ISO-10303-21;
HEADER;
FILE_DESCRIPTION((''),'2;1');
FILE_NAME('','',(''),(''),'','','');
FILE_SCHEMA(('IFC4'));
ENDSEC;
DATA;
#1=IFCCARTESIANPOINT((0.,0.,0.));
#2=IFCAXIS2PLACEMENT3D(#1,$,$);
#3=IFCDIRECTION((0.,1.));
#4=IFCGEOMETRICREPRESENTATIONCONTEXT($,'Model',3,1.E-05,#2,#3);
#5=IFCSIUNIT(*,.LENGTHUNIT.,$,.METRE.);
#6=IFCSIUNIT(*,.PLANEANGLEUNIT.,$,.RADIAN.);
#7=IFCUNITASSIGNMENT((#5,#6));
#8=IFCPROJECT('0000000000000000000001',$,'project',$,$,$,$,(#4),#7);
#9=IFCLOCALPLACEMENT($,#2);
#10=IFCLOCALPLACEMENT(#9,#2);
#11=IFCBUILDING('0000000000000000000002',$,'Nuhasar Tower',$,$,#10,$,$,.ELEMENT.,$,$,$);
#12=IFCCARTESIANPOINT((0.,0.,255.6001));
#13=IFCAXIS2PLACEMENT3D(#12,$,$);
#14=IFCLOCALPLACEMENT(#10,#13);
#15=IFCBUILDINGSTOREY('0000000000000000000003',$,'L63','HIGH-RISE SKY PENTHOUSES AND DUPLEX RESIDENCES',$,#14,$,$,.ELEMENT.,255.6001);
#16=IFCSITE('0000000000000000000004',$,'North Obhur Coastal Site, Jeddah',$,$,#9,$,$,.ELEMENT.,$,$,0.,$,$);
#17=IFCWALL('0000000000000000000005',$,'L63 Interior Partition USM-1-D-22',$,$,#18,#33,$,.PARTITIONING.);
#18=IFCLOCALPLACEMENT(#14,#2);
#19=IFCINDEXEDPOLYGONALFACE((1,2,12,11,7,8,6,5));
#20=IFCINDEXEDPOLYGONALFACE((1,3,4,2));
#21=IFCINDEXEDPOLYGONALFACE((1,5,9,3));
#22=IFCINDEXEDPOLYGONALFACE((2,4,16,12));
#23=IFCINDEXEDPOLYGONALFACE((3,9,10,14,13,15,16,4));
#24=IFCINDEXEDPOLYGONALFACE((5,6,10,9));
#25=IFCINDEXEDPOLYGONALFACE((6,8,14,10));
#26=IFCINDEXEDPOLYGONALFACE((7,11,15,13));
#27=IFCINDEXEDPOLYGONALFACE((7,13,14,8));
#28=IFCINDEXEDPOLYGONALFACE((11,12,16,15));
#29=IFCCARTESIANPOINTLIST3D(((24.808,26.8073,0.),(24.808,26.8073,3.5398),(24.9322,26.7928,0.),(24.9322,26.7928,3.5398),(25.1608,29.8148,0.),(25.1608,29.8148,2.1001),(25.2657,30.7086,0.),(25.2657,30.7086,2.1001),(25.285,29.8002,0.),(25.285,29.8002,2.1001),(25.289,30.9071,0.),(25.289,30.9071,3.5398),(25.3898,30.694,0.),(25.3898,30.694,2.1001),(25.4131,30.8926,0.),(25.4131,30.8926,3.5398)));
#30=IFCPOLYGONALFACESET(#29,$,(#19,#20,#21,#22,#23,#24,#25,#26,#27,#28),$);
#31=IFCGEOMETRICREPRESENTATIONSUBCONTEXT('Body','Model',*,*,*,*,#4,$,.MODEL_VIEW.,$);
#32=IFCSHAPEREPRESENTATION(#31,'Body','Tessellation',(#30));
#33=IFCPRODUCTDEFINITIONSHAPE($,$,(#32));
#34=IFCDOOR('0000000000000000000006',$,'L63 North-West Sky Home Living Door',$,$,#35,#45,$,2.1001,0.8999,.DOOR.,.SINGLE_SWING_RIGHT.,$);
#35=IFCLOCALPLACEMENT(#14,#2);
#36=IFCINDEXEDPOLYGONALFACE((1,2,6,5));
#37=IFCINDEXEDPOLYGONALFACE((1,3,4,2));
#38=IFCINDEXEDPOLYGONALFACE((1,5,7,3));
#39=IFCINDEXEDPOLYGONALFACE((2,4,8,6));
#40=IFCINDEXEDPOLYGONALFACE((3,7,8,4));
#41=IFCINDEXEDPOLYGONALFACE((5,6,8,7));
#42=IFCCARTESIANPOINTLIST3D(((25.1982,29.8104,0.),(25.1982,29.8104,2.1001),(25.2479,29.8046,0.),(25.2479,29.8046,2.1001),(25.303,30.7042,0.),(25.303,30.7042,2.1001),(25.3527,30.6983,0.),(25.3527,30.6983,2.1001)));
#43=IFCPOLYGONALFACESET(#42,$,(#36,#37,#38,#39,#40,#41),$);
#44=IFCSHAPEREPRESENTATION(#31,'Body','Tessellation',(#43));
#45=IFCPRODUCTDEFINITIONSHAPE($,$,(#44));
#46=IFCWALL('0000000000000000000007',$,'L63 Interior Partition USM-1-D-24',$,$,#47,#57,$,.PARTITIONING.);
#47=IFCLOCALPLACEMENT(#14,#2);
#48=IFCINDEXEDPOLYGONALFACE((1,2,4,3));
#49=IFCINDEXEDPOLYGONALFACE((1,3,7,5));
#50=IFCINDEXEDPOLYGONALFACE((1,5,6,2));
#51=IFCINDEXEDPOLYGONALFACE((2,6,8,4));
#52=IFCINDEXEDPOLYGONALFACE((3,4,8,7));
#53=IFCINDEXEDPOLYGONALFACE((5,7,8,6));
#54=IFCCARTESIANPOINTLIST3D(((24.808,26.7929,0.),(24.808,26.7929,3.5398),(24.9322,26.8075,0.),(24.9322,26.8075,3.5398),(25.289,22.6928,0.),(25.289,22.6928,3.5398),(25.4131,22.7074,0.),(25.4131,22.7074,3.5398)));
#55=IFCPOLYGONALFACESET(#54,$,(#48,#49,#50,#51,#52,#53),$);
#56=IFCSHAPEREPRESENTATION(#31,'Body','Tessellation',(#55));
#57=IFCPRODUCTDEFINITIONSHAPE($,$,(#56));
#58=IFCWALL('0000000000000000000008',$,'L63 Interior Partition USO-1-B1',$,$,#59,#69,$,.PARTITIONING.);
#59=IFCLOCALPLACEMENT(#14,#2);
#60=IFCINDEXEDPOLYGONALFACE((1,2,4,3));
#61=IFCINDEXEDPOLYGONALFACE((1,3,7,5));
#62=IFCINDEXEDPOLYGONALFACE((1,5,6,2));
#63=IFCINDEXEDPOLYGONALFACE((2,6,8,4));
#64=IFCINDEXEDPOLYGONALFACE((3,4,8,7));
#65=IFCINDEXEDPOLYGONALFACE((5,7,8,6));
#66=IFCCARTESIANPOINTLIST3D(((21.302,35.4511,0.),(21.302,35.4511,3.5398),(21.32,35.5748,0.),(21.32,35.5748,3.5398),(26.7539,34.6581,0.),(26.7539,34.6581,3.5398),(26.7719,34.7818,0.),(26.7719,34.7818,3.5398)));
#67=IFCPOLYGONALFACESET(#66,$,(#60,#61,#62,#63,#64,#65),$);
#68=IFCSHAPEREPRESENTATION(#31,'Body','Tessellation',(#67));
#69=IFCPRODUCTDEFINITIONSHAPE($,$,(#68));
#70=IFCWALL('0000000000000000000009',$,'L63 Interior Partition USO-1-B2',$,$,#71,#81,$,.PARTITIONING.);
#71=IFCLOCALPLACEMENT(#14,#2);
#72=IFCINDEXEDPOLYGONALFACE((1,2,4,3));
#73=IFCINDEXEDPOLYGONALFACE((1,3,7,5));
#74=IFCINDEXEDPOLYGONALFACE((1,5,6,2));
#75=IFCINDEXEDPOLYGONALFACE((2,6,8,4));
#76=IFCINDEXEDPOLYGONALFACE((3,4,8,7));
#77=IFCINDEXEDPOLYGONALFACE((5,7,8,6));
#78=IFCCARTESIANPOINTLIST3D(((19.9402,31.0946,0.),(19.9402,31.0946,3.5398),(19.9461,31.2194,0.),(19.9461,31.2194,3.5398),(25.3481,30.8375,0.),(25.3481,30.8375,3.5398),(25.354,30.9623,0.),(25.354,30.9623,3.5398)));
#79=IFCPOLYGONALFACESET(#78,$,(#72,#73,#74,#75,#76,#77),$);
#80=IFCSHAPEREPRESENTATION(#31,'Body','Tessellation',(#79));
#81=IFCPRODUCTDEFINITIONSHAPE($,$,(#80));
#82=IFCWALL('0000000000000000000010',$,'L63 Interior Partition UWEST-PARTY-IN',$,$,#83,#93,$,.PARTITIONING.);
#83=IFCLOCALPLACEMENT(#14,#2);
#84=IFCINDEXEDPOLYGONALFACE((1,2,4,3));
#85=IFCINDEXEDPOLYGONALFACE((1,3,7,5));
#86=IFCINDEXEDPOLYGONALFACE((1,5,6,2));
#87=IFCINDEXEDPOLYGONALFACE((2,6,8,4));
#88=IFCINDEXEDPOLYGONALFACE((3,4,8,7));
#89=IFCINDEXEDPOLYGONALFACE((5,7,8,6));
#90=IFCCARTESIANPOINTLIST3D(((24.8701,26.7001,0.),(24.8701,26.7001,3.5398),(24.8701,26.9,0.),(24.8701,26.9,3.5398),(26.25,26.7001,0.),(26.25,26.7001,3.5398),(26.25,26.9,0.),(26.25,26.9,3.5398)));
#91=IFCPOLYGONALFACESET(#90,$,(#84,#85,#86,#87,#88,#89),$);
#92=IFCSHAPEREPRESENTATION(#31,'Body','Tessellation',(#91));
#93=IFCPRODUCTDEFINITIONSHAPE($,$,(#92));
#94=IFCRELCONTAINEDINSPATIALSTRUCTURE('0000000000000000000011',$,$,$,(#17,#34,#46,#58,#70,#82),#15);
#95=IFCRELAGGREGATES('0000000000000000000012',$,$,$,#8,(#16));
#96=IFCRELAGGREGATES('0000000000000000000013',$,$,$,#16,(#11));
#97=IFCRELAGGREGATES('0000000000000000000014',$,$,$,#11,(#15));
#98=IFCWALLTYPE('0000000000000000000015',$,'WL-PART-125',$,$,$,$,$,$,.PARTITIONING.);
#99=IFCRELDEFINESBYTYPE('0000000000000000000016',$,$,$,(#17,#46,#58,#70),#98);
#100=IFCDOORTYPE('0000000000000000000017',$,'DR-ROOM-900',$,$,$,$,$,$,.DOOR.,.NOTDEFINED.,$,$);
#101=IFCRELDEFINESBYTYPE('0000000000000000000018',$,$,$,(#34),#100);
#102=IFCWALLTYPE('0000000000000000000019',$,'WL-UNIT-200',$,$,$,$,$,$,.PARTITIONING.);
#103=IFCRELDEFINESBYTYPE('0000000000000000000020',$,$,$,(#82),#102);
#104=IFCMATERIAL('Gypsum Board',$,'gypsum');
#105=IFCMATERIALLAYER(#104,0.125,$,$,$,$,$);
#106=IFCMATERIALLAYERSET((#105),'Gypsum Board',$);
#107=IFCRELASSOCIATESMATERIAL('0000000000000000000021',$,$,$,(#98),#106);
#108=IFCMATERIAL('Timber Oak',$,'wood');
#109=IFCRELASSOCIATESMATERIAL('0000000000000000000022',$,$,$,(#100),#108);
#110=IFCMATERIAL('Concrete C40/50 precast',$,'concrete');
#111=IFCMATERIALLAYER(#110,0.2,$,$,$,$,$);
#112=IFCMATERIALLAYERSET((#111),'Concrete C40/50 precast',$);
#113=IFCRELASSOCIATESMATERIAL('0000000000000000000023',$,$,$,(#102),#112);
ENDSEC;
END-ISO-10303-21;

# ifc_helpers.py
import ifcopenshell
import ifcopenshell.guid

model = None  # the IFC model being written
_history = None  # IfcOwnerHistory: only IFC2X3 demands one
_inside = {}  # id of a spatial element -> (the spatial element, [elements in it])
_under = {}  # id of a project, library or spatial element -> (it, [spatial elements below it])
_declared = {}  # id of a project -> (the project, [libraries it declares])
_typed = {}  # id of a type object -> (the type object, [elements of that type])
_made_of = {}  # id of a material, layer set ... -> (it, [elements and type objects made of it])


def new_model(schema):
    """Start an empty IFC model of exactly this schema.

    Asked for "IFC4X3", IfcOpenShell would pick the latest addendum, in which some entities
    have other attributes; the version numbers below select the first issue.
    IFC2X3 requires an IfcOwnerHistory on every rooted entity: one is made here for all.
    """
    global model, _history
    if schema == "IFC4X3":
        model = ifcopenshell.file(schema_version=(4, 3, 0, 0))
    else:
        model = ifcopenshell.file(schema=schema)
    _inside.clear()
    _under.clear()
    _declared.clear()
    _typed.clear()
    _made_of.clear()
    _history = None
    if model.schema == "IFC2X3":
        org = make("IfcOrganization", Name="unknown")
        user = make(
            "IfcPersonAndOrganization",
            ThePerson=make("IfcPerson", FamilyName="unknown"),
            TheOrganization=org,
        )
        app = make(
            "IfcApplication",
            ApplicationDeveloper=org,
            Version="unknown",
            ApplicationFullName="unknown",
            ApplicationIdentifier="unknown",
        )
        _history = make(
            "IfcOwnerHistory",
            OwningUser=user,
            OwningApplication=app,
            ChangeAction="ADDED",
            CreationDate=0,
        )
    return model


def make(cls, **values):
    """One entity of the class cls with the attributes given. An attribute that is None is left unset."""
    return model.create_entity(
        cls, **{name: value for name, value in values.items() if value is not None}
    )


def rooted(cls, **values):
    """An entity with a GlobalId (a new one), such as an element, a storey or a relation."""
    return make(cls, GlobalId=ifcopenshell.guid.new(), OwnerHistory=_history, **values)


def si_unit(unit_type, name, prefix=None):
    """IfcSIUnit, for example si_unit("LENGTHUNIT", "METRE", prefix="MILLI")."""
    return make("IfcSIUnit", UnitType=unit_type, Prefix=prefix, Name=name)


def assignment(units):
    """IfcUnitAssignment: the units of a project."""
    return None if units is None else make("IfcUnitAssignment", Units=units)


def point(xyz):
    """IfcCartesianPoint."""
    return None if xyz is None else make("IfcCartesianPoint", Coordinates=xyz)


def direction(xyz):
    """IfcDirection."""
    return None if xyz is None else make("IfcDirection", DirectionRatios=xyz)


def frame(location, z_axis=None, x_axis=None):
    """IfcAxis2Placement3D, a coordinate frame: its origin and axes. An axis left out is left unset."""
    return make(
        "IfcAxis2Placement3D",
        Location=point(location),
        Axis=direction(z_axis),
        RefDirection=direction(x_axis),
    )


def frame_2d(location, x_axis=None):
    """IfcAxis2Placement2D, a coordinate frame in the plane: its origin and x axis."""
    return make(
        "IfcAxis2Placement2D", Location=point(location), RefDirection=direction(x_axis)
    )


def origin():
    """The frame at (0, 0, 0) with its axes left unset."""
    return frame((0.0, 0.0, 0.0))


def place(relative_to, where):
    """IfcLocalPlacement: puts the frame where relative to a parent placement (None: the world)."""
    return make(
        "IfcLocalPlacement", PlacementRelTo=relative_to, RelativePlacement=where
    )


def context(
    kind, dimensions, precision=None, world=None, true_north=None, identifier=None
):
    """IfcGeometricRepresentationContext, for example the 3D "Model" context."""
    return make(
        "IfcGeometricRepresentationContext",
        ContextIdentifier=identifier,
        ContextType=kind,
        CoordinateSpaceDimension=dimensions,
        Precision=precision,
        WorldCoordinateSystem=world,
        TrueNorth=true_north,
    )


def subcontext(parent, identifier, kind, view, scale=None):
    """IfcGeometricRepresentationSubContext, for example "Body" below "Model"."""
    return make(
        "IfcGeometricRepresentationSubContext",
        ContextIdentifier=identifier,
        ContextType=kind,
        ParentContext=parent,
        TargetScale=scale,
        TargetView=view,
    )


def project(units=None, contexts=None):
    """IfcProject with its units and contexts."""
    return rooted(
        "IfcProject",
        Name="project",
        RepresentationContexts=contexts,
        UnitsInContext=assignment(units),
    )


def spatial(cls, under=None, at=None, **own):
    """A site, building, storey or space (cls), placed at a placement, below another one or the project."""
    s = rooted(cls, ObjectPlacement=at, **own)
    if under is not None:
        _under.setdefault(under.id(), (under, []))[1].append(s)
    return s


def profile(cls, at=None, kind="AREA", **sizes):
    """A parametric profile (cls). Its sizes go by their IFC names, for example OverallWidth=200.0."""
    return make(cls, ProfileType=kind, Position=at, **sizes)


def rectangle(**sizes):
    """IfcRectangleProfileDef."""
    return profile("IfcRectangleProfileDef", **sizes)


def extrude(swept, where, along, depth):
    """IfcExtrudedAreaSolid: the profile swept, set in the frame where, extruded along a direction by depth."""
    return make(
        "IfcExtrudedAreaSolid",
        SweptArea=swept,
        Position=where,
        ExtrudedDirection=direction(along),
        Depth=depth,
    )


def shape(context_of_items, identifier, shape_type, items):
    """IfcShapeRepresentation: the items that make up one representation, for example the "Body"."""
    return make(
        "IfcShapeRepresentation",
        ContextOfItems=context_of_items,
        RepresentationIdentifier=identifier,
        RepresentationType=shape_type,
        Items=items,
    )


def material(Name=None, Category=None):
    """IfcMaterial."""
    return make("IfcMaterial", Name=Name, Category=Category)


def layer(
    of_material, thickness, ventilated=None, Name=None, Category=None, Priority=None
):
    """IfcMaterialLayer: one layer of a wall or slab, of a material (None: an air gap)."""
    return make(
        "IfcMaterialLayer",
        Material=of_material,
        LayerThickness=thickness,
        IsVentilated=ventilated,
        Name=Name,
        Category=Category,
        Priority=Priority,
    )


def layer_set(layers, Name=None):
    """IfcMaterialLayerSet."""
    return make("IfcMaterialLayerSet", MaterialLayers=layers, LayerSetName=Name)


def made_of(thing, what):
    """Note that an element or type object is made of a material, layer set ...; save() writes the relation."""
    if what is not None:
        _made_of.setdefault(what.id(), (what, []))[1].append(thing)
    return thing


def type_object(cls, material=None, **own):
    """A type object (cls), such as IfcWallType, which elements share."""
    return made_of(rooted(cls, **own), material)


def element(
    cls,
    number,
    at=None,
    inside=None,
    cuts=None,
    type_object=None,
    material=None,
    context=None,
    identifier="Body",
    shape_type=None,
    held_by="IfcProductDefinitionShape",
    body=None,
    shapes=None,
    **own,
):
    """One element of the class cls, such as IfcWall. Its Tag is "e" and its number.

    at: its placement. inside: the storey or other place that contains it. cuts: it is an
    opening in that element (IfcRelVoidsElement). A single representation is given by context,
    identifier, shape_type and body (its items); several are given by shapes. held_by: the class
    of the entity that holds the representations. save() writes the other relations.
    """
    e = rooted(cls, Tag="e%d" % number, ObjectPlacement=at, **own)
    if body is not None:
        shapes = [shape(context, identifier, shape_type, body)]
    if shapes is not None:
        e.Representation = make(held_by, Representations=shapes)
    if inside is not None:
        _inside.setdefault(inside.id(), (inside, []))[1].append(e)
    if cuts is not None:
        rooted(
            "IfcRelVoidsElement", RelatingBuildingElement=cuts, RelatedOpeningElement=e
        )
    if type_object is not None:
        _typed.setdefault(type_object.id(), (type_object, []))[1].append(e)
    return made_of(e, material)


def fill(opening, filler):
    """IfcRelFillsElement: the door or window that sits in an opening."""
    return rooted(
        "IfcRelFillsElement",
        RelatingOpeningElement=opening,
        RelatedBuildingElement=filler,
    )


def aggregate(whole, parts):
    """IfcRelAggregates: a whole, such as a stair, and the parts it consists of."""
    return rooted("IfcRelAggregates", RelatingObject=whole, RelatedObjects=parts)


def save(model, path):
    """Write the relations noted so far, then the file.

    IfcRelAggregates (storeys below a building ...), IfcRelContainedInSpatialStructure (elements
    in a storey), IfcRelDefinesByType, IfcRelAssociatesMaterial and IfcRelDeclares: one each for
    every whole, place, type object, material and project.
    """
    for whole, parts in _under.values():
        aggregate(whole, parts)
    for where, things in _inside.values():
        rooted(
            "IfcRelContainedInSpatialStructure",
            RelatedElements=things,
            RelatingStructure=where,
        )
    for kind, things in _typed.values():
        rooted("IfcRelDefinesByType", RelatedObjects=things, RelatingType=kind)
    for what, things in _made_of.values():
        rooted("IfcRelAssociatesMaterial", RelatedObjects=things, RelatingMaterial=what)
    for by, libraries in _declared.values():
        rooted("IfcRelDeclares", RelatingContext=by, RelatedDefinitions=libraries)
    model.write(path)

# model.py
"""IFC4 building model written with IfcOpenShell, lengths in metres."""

from ifc_helpers import new_model, si_unit, direction, frame, frame_2d, origin, place, context, subcontext, project, spatial, rectangle, extrude, material, layer, layer_set, type_object, element, fill, save


model = new_model("IFC4")

# Units and contexts
model_context = context("Model", 3, precision=1e-05, world=origin(), true_north=direction((0.0, 1.0)))
body_context = subcontext(model_context, "Body", "Model", "MODEL_VIEW")
ifc_project = project(units=[si_unit("LENGTHUNIT", "METRE"), si_unit("PLANEANGLEUNIT", "RADIAN")], contexts=[model_context])

# Site, building, storey
site_placement = place(None, origin())
site = spatial("IfcSite", under=ifc_project, at=site_placement, Name="North Obhur Coastal Site, Jeddah", CompositionType="ELEMENT", RefElevation=0.0)
building_placement = place(site_placement, origin())
building = spatial("IfcBuilding", under=site, at=building_placement, Name="Nuhasar Tower", CompositionType="ELEMENT")
storey_placement = place(building_placement, frame((0.0, 0.0, 255.6001)))
storey = spatial("IfcBuildingStorey", under=building, at=storey_placement, Name="L63", Description="HIGH-RISE SKY PENTHOUSES AND DUPLEX RESIDENCES", CompositionType="ELEMENT", Elevation=255.6001)

# Shared definitions
ifc_material_1 = material(Name="Gypsum Board", Category="gypsum")

# Shared definitions
ifc_material_2 = material(Name="Timber Oak", Category="wood")

# Wall, opening, door
ifc_layer_1 = layer(ifc_material_1, 0.125)
ifc_layer_set_1 = layer_set([ifc_layer_1], Name="Gypsum Board")
wall_type_1 = type_object("IfcWallType", Name="WL-PART-125", PredefinedType="PARTITIONING", material=ifc_layer_set_1)
door_type_1 = type_object("IfcDoorType", Name="DR-ROOM-900", OperationType="NOTDEFINED", PredefinedType="DOOR", material=ifc_material_2)
wall_1_placement = place(storey_placement, frame((24.8701, 26.8, 0.0), z_axis=(0.0, 0.0, 1.0), x_axis=(0.116512, 0.993189, 0.0)))
wall_1 = element("IfcWall", 1, at=wall_1_placement, inside=storey, type_object=wall_type_1, Name="L63 Interior Partition USM-1-D-22", PredefinedType="PARTITIONING", context=body_context, shape_type="SweptSolid", body=[
    extrude(rectangle(XDim=4.1279, YDim=0.125, at=frame_2d((2.064, 0.0))), origin(), (0.0, 0.0, 1.0), 3.5398),
])
opening_1_placement = place(wall_1_placement, frame((3.0281, 0.0, 0.0)))
opening_1 = element("IfcOpeningElement", 2, at=opening_1_placement, cuts=wall_1, PredefinedType="OPENING", context=body_context, shape_type="SweptSolid", body=[
    extrude(rectangle(XDim=0.8999, YDim=2.1001, at=frame_2d((0.45, 1.05))), frame((0.0, 0.0725, 0.0), z_axis=(0.0, -1.0, 0.0), x_axis=(1.0, 0.0, 0.0)), (0.0, 0.0, 1.0), 0.145),
])
door_1_placement = place(opening_1_placement, origin())
door_1 = element("IfcDoor", 3, at=door_1_placement, inside=storey, type_object=door_type_1, Name="L63 North-West Sky Home Living Door", OperationType="SINGLE_SWING_RIGHT", OverallHeight=2.1001, OverallWidth=0.8999, PredefinedType="DOOR", context=body_context, shape_type="SweptSolid", body=[
    extrude(rectangle(XDim=0.8999, YDim=2.1001, at=frame_2d((0.45, 1.05))), frame((0.0, 0.0249, 0.0), z_axis=(0.0, -1.0, 0.0), x_axis=(1.0, 0.0, 0.0)), (0.0, 0.0, 1.0), 0.05),
])
fill(opening_1, door_1)

# Walls
wall_2_placement = place(storey_placement, frame((24.8701, 26.8, 0.0), z_axis=(0.0, 0.0, 1.0), x_axis=(0.116505, -0.99319, 0.0)))
element("IfcWall", 4, at=wall_2_placement, inside=storey, type_object=wall_type_1, Name="L63 Interior Partition USM-1-D-24", PredefinedType="PARTITIONING", context=body_context, shape_type="SweptSolid", body=[
    extrude(rectangle(XDim=4.1282, YDim=0.125, at=frame_2d((2.064, 0.0))), origin(), (0.0, 0.0, 1.0), 3.5398),
])
wall_3_placement = place(storey_placement, frame((26.7629, 34.72, 0.0), z_axis=(0.0, 0.0, 1.0), x_axis=(-0.989587, 0.143934, 0.0)))
element("IfcWall", 5, at=wall_3_placement, inside=storey, type_object=wall_type_1, Name="L63 Interior Partition USO-1-B1", PredefinedType="PARTITIONING", context=body_context, shape_type="SweptSolid", body=[
    extrude(rectangle(XDim=5.5093, YDim=0.125, at=frame_2d((2.7546, 0.0))), origin(), (0.0, 0.0, 1.0), 3.5398),
])
wall_4_placement = place(storey_placement, frame((25.3511, 30.8999, 0.0), z_axis=(0.0, 0.0, 1.0), x_axis=(-0.998872, 0.047484, 0.0)))
element("IfcWall", 6, at=wall_4_placement, inside=storey, type_object=wall_type_1, Name="L63 Interior Partition USO-1-B2", PredefinedType="PARTITIONING", context=body_context, shape_type="SweptSolid", body=[
    extrude(rectangle(XDim=5.4141, YDim=0.125, at=frame_2d((2.707, 0.0))), origin(), (0.0, 0.0, 1.0), 3.5398),
])
ifc_material_3 = material(Name="Concrete C40/50 precast", Category="concrete")
ifc_layer_2 = layer(ifc_material_3, 0.2)
ifc_layer_set_2 = layer_set([ifc_layer_2], Name="Concrete C40/50 precast")
wall_type_2 = type_object("IfcWallType", Name="WL-UNIT-200", PredefinedType="PARTITIONING", material=ifc_layer_set_2)
wall_5_placement = place(storey_placement, frame((26.25, 26.8, 0.0), z_axis=(0.0, 0.0, 1.0), x_axis=(-1.0, 0.0, 0.0)))
element("IfcWall", 7, at=wall_5_placement, inside=storey, type_object=wall_type_2, Name="L63 Interior Partition UWEST-PARTY-IN", PredefinedType="PARTITIONING", context=body_context, shape_type="SweptSolid", body=[
    extrude(rectangle(XDim=1.3799, YDim=0.2, at=frame_2d((0.6899, 0.0))), origin(), (0.0, 0.0, 1.0), 3.5398),
])

save(model, "model.ifc")
